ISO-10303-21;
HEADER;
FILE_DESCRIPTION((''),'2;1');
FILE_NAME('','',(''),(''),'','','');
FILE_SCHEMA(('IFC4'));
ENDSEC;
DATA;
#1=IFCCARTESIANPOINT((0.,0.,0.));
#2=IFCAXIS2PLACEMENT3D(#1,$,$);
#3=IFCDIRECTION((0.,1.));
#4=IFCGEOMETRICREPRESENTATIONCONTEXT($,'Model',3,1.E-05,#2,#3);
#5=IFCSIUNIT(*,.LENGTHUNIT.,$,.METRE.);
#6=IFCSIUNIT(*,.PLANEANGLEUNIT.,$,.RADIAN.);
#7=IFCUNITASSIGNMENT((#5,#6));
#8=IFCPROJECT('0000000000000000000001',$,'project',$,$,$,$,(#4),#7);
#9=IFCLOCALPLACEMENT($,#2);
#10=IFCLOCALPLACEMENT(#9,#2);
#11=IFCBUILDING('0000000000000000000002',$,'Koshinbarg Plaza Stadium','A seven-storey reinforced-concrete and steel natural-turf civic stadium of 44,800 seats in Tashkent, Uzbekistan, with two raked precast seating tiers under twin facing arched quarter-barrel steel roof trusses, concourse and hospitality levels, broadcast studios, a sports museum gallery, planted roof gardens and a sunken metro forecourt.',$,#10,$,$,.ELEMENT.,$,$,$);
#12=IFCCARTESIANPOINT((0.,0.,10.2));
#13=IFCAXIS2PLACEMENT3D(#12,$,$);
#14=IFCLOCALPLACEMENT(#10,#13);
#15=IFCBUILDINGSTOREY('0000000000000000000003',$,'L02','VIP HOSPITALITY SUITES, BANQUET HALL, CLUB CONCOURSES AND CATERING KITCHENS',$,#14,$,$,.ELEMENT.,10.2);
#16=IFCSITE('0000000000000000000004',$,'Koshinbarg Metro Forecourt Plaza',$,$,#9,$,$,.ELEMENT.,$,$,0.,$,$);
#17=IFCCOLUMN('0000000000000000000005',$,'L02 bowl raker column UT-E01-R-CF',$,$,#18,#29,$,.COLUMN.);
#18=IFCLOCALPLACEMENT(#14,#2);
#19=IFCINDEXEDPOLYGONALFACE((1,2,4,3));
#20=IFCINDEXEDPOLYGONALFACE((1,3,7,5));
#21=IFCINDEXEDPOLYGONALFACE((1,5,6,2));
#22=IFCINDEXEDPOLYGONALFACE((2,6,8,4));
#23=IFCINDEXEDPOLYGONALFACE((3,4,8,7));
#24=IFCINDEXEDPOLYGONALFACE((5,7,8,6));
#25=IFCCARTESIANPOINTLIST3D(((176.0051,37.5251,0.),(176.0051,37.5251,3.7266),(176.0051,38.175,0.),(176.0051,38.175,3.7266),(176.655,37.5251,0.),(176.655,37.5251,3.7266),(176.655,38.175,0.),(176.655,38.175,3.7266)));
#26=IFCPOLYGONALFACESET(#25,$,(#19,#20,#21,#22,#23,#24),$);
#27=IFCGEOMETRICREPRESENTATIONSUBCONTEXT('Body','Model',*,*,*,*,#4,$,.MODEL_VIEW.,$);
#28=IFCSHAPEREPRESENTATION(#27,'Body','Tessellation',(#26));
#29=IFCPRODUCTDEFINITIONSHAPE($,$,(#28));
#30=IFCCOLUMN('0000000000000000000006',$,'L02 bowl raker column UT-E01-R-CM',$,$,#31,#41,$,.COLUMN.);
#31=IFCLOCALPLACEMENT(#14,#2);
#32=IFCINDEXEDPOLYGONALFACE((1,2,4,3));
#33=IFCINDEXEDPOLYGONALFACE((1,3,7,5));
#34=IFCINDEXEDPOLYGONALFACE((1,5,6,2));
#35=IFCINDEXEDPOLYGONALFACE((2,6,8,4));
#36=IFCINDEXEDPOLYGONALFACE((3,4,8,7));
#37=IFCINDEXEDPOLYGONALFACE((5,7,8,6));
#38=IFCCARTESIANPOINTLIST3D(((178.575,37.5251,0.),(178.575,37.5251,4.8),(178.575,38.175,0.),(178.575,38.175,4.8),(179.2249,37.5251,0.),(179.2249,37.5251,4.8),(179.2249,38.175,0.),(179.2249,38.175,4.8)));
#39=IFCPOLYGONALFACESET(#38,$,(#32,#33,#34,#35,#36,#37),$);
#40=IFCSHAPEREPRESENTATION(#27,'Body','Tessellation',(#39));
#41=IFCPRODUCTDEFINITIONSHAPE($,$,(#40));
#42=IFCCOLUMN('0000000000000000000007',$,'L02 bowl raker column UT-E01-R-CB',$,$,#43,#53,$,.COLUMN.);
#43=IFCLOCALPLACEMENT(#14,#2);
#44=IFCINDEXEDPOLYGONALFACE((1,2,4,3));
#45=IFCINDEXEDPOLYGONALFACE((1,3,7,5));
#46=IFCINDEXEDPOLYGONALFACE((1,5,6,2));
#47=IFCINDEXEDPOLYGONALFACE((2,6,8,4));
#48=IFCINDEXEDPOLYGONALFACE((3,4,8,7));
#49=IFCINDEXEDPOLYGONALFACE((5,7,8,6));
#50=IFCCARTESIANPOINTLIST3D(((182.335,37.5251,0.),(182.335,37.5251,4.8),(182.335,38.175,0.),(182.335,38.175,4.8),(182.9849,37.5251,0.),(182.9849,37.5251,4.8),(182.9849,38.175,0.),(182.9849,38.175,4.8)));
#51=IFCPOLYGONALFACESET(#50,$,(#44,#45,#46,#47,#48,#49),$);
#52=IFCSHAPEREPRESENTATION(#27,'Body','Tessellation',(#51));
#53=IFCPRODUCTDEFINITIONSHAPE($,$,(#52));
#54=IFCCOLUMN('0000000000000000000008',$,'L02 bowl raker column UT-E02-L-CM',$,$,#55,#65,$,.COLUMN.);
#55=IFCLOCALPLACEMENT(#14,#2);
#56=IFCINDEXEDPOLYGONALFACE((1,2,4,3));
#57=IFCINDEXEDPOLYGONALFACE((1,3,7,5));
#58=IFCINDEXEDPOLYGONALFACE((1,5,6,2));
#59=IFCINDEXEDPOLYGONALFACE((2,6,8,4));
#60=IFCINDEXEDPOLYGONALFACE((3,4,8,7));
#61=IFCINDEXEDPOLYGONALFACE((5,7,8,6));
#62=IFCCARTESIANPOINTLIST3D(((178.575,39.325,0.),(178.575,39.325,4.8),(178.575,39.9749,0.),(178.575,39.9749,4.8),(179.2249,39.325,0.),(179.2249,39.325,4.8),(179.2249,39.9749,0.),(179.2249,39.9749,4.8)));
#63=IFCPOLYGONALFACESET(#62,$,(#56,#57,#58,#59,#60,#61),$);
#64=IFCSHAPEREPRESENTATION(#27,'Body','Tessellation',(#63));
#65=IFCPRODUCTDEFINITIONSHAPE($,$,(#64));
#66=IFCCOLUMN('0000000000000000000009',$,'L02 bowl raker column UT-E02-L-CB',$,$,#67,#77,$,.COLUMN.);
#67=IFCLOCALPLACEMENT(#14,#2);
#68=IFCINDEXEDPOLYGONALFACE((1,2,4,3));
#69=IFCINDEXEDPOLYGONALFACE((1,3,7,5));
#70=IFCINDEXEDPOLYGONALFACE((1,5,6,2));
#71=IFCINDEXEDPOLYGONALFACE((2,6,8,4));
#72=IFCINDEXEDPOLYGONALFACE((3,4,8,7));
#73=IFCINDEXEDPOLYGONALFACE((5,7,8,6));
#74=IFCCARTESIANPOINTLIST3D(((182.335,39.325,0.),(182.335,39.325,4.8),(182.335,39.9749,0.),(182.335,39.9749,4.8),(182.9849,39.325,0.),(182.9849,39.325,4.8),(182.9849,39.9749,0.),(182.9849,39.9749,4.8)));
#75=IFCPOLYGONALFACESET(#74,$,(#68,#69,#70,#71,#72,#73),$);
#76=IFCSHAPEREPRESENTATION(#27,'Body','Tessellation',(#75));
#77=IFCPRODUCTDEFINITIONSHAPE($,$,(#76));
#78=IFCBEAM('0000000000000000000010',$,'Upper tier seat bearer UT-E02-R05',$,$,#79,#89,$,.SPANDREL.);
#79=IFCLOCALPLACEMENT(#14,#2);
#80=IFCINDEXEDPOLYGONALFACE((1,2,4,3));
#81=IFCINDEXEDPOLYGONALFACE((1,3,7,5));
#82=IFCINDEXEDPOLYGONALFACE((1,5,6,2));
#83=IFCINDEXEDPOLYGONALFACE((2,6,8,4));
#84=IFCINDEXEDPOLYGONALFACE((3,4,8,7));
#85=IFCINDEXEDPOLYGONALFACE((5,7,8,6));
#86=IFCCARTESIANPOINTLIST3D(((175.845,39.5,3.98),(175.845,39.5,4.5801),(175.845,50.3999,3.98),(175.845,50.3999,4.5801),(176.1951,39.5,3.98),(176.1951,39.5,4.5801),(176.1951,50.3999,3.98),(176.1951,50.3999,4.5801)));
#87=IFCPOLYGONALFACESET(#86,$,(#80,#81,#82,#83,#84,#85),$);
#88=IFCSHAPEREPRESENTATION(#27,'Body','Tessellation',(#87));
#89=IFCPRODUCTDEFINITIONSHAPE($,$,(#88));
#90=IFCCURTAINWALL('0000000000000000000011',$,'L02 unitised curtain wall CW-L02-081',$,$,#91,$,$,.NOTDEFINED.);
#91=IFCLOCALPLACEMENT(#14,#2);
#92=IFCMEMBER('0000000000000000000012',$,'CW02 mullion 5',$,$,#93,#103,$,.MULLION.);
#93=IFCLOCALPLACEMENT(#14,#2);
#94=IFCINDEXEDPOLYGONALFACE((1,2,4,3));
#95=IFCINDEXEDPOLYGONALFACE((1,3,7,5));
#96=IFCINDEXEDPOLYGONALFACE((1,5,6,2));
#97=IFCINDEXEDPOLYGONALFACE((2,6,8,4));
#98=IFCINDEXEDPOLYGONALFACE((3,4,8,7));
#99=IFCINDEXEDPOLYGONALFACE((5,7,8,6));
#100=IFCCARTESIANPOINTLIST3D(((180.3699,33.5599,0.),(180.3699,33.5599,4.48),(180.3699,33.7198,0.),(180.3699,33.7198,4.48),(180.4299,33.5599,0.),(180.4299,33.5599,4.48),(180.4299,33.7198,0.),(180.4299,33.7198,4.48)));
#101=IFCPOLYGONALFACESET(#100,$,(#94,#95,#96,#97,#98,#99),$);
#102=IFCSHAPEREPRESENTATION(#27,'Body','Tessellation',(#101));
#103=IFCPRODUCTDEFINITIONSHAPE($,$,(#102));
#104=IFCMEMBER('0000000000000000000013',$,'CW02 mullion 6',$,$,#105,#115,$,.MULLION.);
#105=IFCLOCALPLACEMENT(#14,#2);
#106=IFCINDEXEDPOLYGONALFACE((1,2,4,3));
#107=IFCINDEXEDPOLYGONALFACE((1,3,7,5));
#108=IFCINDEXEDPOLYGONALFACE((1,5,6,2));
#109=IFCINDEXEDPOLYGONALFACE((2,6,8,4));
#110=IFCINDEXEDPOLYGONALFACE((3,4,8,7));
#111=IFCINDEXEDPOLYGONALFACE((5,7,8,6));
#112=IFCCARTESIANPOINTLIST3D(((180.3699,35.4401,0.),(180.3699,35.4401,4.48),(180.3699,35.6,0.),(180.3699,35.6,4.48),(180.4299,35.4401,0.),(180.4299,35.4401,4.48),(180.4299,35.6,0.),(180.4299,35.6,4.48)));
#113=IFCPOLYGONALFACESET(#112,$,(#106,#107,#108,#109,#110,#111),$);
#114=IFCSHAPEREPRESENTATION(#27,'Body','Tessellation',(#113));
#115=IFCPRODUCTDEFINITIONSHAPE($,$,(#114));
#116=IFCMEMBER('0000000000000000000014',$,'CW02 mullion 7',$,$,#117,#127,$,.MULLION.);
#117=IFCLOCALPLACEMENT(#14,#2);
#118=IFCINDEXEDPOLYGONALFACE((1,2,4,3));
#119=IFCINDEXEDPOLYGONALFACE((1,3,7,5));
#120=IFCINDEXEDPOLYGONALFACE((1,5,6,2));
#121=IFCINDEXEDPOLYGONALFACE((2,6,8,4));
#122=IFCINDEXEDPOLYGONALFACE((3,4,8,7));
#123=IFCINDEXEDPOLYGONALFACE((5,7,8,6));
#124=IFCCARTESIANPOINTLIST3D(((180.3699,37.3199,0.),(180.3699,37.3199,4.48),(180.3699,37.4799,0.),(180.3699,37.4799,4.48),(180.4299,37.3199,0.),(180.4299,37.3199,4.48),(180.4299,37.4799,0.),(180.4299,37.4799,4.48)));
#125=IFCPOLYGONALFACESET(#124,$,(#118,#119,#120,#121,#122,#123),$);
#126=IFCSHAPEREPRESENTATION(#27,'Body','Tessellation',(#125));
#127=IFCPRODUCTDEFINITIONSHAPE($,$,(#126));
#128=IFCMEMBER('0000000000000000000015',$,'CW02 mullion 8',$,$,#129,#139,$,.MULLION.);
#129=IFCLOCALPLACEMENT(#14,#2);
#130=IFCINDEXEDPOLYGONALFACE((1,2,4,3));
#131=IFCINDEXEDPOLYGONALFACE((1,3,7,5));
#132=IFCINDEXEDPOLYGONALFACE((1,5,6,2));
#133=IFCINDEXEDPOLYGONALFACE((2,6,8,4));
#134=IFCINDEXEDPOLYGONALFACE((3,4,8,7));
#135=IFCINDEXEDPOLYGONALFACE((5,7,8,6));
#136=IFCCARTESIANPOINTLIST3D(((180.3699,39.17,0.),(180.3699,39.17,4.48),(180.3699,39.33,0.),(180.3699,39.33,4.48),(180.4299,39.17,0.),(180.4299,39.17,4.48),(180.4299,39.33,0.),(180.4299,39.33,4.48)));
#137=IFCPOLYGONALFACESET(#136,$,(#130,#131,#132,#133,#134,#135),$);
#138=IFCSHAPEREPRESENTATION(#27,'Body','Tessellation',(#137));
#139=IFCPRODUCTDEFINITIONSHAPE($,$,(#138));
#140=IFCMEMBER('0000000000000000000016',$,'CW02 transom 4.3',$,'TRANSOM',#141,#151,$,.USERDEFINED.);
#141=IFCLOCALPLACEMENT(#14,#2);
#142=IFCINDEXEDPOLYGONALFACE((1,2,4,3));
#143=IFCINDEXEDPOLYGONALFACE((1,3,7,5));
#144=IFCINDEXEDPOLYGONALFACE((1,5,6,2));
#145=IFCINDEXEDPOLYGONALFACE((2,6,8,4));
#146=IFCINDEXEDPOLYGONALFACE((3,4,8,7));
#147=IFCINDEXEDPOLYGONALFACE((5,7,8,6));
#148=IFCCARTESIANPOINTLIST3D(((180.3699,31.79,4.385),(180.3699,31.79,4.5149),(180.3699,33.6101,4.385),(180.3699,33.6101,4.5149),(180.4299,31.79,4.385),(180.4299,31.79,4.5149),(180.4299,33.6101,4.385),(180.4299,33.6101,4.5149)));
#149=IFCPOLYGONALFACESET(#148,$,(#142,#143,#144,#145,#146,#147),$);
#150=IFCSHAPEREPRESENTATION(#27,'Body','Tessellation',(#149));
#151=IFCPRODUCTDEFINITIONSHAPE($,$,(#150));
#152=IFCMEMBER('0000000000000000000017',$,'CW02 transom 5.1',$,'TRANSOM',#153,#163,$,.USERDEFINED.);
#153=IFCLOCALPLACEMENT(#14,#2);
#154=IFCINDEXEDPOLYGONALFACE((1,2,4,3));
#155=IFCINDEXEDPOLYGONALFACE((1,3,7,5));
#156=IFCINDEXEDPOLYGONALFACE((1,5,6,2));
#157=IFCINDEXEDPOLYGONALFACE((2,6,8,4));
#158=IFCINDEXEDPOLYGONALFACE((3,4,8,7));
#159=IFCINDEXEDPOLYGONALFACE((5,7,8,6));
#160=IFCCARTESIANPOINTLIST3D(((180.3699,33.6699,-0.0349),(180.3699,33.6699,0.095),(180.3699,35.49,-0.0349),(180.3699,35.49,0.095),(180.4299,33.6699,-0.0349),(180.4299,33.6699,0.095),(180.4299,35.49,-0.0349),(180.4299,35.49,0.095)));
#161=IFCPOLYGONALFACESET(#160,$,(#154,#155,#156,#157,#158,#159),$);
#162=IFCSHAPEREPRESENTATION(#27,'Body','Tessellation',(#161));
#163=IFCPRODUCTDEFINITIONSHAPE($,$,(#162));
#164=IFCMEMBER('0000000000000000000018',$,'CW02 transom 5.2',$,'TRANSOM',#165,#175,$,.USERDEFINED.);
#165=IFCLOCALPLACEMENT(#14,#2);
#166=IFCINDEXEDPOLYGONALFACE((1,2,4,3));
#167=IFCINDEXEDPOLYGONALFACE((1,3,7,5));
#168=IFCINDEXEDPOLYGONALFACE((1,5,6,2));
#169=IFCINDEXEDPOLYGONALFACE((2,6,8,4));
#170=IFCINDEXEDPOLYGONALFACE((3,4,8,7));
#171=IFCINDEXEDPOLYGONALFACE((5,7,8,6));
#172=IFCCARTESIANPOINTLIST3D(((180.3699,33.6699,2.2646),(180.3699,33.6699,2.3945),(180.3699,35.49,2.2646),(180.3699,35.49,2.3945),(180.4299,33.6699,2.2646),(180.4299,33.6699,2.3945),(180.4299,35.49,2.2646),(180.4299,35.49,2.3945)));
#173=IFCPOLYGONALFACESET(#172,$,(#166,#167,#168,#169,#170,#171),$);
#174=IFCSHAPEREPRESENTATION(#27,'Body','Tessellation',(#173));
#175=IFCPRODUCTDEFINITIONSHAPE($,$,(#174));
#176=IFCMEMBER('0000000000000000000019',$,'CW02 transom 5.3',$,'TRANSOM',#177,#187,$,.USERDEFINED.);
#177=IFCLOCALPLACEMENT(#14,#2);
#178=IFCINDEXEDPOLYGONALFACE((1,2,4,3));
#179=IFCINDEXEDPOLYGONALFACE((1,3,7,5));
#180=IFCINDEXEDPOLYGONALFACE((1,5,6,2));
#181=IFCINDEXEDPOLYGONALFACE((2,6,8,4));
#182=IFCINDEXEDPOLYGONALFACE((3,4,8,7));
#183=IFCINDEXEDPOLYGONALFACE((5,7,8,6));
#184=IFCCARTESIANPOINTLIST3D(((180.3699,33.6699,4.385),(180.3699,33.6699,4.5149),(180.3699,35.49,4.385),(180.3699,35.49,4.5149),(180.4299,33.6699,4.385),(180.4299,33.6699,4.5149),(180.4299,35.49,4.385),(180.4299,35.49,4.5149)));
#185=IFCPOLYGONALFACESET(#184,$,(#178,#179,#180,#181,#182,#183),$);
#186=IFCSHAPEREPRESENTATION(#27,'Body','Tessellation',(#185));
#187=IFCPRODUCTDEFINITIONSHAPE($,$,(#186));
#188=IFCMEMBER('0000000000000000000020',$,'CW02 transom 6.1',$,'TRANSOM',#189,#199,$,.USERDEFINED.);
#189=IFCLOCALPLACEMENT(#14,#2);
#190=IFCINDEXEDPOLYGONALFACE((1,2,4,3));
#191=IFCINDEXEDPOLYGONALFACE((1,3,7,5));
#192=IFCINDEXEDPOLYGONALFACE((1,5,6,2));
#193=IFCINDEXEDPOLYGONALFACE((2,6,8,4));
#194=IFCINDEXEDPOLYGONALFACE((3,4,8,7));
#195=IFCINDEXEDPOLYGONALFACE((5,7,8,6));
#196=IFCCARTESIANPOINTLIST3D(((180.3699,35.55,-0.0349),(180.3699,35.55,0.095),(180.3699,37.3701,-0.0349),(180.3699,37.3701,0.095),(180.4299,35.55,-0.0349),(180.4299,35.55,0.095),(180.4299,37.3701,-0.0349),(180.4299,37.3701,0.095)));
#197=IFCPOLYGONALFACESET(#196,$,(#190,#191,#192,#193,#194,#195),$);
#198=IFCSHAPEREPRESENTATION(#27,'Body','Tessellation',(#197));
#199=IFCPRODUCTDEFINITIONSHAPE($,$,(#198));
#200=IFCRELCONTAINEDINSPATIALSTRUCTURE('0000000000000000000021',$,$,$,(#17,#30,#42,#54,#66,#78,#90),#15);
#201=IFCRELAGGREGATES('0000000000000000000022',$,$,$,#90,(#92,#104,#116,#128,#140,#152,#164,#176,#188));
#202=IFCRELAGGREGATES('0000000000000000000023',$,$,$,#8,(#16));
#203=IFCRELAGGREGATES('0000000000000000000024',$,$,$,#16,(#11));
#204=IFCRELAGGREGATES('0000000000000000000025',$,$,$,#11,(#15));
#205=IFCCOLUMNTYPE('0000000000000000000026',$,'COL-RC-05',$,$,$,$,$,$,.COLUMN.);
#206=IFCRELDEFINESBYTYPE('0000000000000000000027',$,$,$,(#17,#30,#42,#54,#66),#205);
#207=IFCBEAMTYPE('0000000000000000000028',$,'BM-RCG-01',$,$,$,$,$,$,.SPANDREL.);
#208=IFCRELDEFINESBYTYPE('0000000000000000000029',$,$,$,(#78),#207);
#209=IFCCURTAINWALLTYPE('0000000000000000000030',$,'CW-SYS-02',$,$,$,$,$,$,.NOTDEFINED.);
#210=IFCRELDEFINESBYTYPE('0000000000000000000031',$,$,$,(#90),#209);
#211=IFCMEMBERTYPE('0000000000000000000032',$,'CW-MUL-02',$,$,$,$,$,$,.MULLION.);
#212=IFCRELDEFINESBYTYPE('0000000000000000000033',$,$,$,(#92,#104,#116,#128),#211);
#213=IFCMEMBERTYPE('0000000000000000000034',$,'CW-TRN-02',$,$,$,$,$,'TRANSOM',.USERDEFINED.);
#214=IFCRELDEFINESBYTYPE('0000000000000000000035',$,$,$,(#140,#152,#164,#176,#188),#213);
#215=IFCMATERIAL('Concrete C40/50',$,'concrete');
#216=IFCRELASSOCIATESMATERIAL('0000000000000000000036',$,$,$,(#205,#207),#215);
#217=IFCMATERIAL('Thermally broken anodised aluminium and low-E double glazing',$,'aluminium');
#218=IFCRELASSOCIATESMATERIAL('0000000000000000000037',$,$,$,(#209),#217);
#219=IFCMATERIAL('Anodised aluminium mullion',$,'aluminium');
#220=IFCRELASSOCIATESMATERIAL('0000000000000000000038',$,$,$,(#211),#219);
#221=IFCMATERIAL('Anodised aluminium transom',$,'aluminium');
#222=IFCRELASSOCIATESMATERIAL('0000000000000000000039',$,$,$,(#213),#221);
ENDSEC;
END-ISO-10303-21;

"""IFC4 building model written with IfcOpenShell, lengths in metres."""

from ifc_helpers import new_model, si_unit, direction, frame, origin, origin_2d, place, context, subcontext, project, spatial, rectangle, extrude, material, material_profile, profile_set, type_object, element, aggregate, save


model = new_model("IFC4")

# Units and contexts
model_context = context("Model", 3, precision=1e-05, world=origin(), true_north=direction((0.0, 1.0)))
body_context = subcontext(model_context, "Body", "Model", "MODEL_VIEW")
ifc_project = project(units=[si_unit("LENGTHUNIT", "METRE"), si_unit("PLANEANGLEUNIT", "RADIAN")], contexts=[model_context])

# Site, building, storey
site_placement = place(None, origin())
site = spatial("IfcSite", under=ifc_project, at=site_placement, Name="Koshinbarg Metro Forecourt Plaza", CompositionType="ELEMENT", RefElevation=0.0)
building_placement = place(site_placement, origin())
building = spatial("IfcBuilding", under=site, at=building_placement, Name="Koshinbarg Plaza Stadium", Description="A seven-storey reinforced-concrete and steel natural-turf civic stadium of 44,800 seats in Tashkent, Uzbekistan, with two raked precast seating tiers under twin facing arched quarter-barrel steel roof trusses, concourse and hospitality levels, broadcast studios, a sports museum gallery, planted roof gardens and a sunken metro forecourt.", CompositionType="ELEMENT")
storey_placement = place(building_placement, frame((0.0, 0.0, 10.2)))
storey = spatial("IfcBuildingStorey", under=building, at=storey_placement, Name="L02", Description="VIP HOSPITALITY SUITES, BANQUET HALL, CLUB CONCOURSES AND CATERING KITCHENS", CompositionType="ELEMENT", Elevation=10.2)

# Columns
ifc_material_1 = material(Name="Concrete C40/50", Category="concrete")
ifc_material_profile_1 = material_profile(ifc_material_1, rectangle(XDim=0.6499, YDim=0.6499, at=origin_2d()), Name="RC 650x650")
ifc_profile_set_1 = profile_set([ifc_material_profile_1], Name="Concrete C40/50")
column_type = type_object("IfcColumnType", Name="COL-RC-05", PredefinedType="COLUMN", material=ifc_profile_set_1)
column_placement = place(storey_placement, frame((176.3301, 37.8501, 0.0), z_axis=(0.0, 0.0, 1.0), x_axis=(1.0, 0.0, 0.0)))
element("IfcColumn", 1, at=column_placement, inside=storey, type_object=column_type, Name="L02 bowl raker column UT-E01-R-CF", PredefinedType="COLUMN", context=body_context, shape_type="SweptSolid", body=[
    extrude(rectangle(XDim=0.6499, YDim=0.6499, at=origin_2d()), origin(), (0.0, 0.0, 1.0), 3.7266),
])
for number, where, z_axis, x_axis, name in (
    (2, (178.8999, 37.8501, 0.0), (0.0, 0.0, 1.0), (1.0, 0.0, 0.0), "L02 bowl raker column UT-E01-R-CM"),
    (3, (182.6599, 37.8501, 0.0), (0.0, 0.0, 1.0), (1.0, 0.0, 0.0), "L02 bowl raker column UT-E01-R-CB"),
    (4, (178.8999, 39.6499, 0.0), (0.0, 0.0, 1.0), (1.0, 0.0, 0.0), "L02 bowl raker column UT-E02-L-CM"),
    (5, (182.6599, 39.6499, 0.0), (0.0, 0.0, 1.0), (1.0, 0.0, 0.0), "L02 bowl raker column UT-E02-L-CB"),
):
    element("IfcColumn", number, at=place(storey_placement, frame(where, z_axis=z_axis, x_axis=x_axis)), inside=storey, type_object=column_type, Name=name, PredefinedType="COLUMN", context=body_context, shape_type="SweptSolid", body=[
        extrude(rectangle(XDim=0.6499, YDim=0.6499, at=origin_2d()), origin(), (0.0, 0.0, 1.0), 4.8),
    ])

# Beam
ifc_material_profile_2 = material_profile(ifc_material_1, rectangle(XDim=0.3501, YDim=0.6001, at=origin_2d()), Name="RC 350x600")
ifc_profile_set_2 = profile_set([ifc_material_profile_2], Name="Concrete C40/50")
beam_type = type_object("IfcBeamType", Name="BM-RCG-01", PredefinedType="SPANDREL", material=ifc_profile_set_2)
beam_placement = place(storey_placement, frame((176.02, 39.5, 4.28), z_axis=(0.0, 1.0, 0.0), x_axis=(-1.0, 0.0, 0.0)))
element("IfcBeam", 6, at=beam_placement, inside=storey, type_object=beam_type, Name="Upper tier seat bearer UT-E02-R05", PredefinedType="SPANDREL", context=body_context, shape_type="SweptSolid", body=[
    extrude(rectangle(XDim=0.3501, YDim=0.6001, at=origin_2d()), origin(), (0.0, 0.0, 1.0), 10.8999),
])

# Curtain wall, members
ifc_material_2 = material(Name="Thermally broken anodised aluminium and low-E double glazing", Category="aluminium")
curtain_wall_type = type_object("IfcCurtainWallType", Name="CW-SYS-02", PredefinedType="NOTDEFINED", material=ifc_material_2)
curtain_wall_placement = place(storey_placement, origin())
curtain_wall = element("IfcCurtainWall", 7, at=curtain_wall_placement, inside=storey, type_object=curtain_wall_type, Name="L02 unitised curtain wall CW-L02-081", PredefinedType="NOTDEFINED")
ifc_material_3 = material(Name="Anodised aluminium mullion", Category="aluminium")
ifc_material_profile_3 = material_profile(ifc_material_3, rectangle(XDim=0.0601, YDim=0.1599, at=origin_2d()), Name="ALU 60x160")
ifc_profile_set_3 = profile_set([ifc_material_profile_3], Name="Anodised aluminium mullion")
member_type_1 = type_object("IfcMemberType", Name="CW-MUL-02", PredefinedType="MULLION", material=ifc_profile_set_3)
member_1_placement = place(storey_placement, frame((180.3999, 33.6399, 0.0), z_axis=(0.0, 0.0, 1.0), x_axis=(-1.0, 0.0, 0.0)))
member_1 = element("IfcMember", 8, at=member_1_placement, type_object=member_type_1, Name="CW02 mullion 5", PredefinedType="MULLION", context=body_context, shape_type="SweptSolid", body=[
    extrude(rectangle(XDim=0.0601, YDim=0.1599, at=origin_2d()), origin(), (0.0, 0.0, 1.0), 4.48),
])
member_2_placement = place(storey_placement, frame((180.3999, 35.52, 0.0), z_axis=(0.0, 0.0, 1.0), x_axis=(-1.0, 0.0, 0.0)))
member_2 = element("IfcMember", 9, at=member_2_placement, type_object=member_type_1, Name="CW02 mullion 6", PredefinedType="MULLION", context=body_context, shape_type="SweptSolid", body=[
    extrude(rectangle(XDim=0.0601, YDim=0.1599, at=origin_2d()), origin(), (0.0, 0.0, 1.0), 4.48),
])
member_3_placement = place(storey_placement, frame((180.3999, 37.3999, 0.0), z_axis=(0.0, 0.0, 1.0), x_axis=(-1.0, 0.0, 0.0)))
member_3 = element("IfcMember", 10, at=member_3_placement, type_object=member_type_1, Name="CW02 mullion 7", PredefinedType="MULLION", context=body_context, shape_type="SweptSolid", body=[
    extrude(rectangle(XDim=0.0601, YDim=0.1599, at=origin_2d()), origin(), (0.0, 0.0, 1.0), 4.48),
])
member_4_placement = place(storey_placement, frame((180.3999, 39.25, 0.0), z_axis=(0.0, 0.0, 1.0), x_axis=(-1.0, 0.0, 0.0)))
member_4 = element("IfcMember", 11, at=member_4_placement, type_object=member_type_1, Name="CW02 mullion 8", PredefinedType="MULLION", context=body_context, shape_type="SweptSolid", body=[
    extrude(rectangle(XDim=0.0601, YDim=0.1599, at=origin_2d()), origin(), (0.0, 0.0, 1.0), 4.48),
])
ifc_material_4 = material(Name="Anodised aluminium transom", Category="aluminium")
ifc_material_profile_4 = material_profile(ifc_material_4, rectangle(XDim=0.0601, YDim=0.1299, at=origin_2d()), Name="ALU 60x130")
ifc_profile_set_4 = profile_set([ifc_material_profile_4], Name="Anodised aluminium transom")
member_type_2 = type_object("IfcMemberType", Name="CW-TRN-02", ElementType="TRANSOM", PredefinedType="USERDEFINED", material=ifc_profile_set_4)
member_5_placement = place(storey_placement, frame((180.3999, 31.79, 4.45), z_axis=(0.0, 1.0, 0.0), x_axis=(-1.0, 0.0, 0.0)))
member_5 = element("IfcMember", 12, at=member_5_placement, type_object=member_type_2, Name="CW02 transom 4.3", ObjectType="TRANSOM", PredefinedType="USERDEFINED", context=body_context, shape_type="SweptSolid", body=[
    extrude(rectangle(XDim=0.0601, YDim=0.1299, at=origin_2d()), origin(), (0.0, 0.0, 1.0), 1.8201),
])
member_6_placement = place(storey_placement, frame((180.3999, 33.6699, 0.03), z_axis=(0.0, 1.0, 0.0), x_axis=(-1.0, 0.0, 0.0)))
member_6 = element("IfcMember", 13, at=member_6_placement, type_object=member_type_2, Name="CW02 transom 5.1", ObjectType="TRANSOM", PredefinedType="USERDEFINED", context=body_context, shape_type="SweptSolid", body=[
    extrude(rectangle(XDim=0.0601, YDim=0.1299, at=origin_2d()), origin(), (0.0, 0.0, 1.0), 1.8201),
])
member_7_placement = place(storey_placement, frame((180.3999, 33.6699, 2.3296), z_axis=(0.0, 1.0, 0.0), x_axis=(-1.0, 0.0, 0.0)))
member_7 = element("IfcMember", 14, at=member_7_placement, type_object=member_type_2, Name="CW02 transom 5.2", ObjectType="TRANSOM", PredefinedType="USERDEFINED", context=body_context, shape_type="SweptSolid", body=[
    extrude(rectangle(XDim=0.0601, YDim=0.1299, at=origin_2d()), origin(), (0.0, 0.0, 1.0), 1.8201),
])
member_8_placement = place(storey_placement, frame((180.3999, 33.6699, 4.45), z_axis=(0.0, 1.0, 0.0), x_axis=(-1.0, 0.0, 0.0)))
member_8 = element("IfcMember", 15, at=member_8_placement, type_object=member_type_2, Name="CW02 transom 5.3", ObjectType="TRANSOM", PredefinedType="USERDEFINED", context=body_context, shape_type="SweptSolid", body=[
    extrude(rectangle(XDim=0.0601, YDim=0.1299, at=origin_2d()), origin(), (0.0, 0.0, 1.0), 1.8201),
])
member_9_placement = place(storey_placement, frame((180.3999, 35.55, 0.03), z_axis=(0.0, 1.0, 0.0), x_axis=(-1.0, 0.0, 0.0)))
member_9 = element("IfcMember", 16, at=member_9_placement, type_object=member_type_2, Name="CW02 transom 6.1", ObjectType="TRANSOM", PredefinedType="USERDEFINED", context=body_context, shape_type="SweptSolid", body=[
    extrude(rectangle(XDim=0.0601, YDim=0.1299, at=origin_2d()), origin(), (0.0, 0.0, 1.0), 1.8201),
])

aggregate(curtain_wall, [member_1, member_2, member_3, member_4, member_5, member_6, member_7, member_8, member_9])

save(model, "model.ifc")
